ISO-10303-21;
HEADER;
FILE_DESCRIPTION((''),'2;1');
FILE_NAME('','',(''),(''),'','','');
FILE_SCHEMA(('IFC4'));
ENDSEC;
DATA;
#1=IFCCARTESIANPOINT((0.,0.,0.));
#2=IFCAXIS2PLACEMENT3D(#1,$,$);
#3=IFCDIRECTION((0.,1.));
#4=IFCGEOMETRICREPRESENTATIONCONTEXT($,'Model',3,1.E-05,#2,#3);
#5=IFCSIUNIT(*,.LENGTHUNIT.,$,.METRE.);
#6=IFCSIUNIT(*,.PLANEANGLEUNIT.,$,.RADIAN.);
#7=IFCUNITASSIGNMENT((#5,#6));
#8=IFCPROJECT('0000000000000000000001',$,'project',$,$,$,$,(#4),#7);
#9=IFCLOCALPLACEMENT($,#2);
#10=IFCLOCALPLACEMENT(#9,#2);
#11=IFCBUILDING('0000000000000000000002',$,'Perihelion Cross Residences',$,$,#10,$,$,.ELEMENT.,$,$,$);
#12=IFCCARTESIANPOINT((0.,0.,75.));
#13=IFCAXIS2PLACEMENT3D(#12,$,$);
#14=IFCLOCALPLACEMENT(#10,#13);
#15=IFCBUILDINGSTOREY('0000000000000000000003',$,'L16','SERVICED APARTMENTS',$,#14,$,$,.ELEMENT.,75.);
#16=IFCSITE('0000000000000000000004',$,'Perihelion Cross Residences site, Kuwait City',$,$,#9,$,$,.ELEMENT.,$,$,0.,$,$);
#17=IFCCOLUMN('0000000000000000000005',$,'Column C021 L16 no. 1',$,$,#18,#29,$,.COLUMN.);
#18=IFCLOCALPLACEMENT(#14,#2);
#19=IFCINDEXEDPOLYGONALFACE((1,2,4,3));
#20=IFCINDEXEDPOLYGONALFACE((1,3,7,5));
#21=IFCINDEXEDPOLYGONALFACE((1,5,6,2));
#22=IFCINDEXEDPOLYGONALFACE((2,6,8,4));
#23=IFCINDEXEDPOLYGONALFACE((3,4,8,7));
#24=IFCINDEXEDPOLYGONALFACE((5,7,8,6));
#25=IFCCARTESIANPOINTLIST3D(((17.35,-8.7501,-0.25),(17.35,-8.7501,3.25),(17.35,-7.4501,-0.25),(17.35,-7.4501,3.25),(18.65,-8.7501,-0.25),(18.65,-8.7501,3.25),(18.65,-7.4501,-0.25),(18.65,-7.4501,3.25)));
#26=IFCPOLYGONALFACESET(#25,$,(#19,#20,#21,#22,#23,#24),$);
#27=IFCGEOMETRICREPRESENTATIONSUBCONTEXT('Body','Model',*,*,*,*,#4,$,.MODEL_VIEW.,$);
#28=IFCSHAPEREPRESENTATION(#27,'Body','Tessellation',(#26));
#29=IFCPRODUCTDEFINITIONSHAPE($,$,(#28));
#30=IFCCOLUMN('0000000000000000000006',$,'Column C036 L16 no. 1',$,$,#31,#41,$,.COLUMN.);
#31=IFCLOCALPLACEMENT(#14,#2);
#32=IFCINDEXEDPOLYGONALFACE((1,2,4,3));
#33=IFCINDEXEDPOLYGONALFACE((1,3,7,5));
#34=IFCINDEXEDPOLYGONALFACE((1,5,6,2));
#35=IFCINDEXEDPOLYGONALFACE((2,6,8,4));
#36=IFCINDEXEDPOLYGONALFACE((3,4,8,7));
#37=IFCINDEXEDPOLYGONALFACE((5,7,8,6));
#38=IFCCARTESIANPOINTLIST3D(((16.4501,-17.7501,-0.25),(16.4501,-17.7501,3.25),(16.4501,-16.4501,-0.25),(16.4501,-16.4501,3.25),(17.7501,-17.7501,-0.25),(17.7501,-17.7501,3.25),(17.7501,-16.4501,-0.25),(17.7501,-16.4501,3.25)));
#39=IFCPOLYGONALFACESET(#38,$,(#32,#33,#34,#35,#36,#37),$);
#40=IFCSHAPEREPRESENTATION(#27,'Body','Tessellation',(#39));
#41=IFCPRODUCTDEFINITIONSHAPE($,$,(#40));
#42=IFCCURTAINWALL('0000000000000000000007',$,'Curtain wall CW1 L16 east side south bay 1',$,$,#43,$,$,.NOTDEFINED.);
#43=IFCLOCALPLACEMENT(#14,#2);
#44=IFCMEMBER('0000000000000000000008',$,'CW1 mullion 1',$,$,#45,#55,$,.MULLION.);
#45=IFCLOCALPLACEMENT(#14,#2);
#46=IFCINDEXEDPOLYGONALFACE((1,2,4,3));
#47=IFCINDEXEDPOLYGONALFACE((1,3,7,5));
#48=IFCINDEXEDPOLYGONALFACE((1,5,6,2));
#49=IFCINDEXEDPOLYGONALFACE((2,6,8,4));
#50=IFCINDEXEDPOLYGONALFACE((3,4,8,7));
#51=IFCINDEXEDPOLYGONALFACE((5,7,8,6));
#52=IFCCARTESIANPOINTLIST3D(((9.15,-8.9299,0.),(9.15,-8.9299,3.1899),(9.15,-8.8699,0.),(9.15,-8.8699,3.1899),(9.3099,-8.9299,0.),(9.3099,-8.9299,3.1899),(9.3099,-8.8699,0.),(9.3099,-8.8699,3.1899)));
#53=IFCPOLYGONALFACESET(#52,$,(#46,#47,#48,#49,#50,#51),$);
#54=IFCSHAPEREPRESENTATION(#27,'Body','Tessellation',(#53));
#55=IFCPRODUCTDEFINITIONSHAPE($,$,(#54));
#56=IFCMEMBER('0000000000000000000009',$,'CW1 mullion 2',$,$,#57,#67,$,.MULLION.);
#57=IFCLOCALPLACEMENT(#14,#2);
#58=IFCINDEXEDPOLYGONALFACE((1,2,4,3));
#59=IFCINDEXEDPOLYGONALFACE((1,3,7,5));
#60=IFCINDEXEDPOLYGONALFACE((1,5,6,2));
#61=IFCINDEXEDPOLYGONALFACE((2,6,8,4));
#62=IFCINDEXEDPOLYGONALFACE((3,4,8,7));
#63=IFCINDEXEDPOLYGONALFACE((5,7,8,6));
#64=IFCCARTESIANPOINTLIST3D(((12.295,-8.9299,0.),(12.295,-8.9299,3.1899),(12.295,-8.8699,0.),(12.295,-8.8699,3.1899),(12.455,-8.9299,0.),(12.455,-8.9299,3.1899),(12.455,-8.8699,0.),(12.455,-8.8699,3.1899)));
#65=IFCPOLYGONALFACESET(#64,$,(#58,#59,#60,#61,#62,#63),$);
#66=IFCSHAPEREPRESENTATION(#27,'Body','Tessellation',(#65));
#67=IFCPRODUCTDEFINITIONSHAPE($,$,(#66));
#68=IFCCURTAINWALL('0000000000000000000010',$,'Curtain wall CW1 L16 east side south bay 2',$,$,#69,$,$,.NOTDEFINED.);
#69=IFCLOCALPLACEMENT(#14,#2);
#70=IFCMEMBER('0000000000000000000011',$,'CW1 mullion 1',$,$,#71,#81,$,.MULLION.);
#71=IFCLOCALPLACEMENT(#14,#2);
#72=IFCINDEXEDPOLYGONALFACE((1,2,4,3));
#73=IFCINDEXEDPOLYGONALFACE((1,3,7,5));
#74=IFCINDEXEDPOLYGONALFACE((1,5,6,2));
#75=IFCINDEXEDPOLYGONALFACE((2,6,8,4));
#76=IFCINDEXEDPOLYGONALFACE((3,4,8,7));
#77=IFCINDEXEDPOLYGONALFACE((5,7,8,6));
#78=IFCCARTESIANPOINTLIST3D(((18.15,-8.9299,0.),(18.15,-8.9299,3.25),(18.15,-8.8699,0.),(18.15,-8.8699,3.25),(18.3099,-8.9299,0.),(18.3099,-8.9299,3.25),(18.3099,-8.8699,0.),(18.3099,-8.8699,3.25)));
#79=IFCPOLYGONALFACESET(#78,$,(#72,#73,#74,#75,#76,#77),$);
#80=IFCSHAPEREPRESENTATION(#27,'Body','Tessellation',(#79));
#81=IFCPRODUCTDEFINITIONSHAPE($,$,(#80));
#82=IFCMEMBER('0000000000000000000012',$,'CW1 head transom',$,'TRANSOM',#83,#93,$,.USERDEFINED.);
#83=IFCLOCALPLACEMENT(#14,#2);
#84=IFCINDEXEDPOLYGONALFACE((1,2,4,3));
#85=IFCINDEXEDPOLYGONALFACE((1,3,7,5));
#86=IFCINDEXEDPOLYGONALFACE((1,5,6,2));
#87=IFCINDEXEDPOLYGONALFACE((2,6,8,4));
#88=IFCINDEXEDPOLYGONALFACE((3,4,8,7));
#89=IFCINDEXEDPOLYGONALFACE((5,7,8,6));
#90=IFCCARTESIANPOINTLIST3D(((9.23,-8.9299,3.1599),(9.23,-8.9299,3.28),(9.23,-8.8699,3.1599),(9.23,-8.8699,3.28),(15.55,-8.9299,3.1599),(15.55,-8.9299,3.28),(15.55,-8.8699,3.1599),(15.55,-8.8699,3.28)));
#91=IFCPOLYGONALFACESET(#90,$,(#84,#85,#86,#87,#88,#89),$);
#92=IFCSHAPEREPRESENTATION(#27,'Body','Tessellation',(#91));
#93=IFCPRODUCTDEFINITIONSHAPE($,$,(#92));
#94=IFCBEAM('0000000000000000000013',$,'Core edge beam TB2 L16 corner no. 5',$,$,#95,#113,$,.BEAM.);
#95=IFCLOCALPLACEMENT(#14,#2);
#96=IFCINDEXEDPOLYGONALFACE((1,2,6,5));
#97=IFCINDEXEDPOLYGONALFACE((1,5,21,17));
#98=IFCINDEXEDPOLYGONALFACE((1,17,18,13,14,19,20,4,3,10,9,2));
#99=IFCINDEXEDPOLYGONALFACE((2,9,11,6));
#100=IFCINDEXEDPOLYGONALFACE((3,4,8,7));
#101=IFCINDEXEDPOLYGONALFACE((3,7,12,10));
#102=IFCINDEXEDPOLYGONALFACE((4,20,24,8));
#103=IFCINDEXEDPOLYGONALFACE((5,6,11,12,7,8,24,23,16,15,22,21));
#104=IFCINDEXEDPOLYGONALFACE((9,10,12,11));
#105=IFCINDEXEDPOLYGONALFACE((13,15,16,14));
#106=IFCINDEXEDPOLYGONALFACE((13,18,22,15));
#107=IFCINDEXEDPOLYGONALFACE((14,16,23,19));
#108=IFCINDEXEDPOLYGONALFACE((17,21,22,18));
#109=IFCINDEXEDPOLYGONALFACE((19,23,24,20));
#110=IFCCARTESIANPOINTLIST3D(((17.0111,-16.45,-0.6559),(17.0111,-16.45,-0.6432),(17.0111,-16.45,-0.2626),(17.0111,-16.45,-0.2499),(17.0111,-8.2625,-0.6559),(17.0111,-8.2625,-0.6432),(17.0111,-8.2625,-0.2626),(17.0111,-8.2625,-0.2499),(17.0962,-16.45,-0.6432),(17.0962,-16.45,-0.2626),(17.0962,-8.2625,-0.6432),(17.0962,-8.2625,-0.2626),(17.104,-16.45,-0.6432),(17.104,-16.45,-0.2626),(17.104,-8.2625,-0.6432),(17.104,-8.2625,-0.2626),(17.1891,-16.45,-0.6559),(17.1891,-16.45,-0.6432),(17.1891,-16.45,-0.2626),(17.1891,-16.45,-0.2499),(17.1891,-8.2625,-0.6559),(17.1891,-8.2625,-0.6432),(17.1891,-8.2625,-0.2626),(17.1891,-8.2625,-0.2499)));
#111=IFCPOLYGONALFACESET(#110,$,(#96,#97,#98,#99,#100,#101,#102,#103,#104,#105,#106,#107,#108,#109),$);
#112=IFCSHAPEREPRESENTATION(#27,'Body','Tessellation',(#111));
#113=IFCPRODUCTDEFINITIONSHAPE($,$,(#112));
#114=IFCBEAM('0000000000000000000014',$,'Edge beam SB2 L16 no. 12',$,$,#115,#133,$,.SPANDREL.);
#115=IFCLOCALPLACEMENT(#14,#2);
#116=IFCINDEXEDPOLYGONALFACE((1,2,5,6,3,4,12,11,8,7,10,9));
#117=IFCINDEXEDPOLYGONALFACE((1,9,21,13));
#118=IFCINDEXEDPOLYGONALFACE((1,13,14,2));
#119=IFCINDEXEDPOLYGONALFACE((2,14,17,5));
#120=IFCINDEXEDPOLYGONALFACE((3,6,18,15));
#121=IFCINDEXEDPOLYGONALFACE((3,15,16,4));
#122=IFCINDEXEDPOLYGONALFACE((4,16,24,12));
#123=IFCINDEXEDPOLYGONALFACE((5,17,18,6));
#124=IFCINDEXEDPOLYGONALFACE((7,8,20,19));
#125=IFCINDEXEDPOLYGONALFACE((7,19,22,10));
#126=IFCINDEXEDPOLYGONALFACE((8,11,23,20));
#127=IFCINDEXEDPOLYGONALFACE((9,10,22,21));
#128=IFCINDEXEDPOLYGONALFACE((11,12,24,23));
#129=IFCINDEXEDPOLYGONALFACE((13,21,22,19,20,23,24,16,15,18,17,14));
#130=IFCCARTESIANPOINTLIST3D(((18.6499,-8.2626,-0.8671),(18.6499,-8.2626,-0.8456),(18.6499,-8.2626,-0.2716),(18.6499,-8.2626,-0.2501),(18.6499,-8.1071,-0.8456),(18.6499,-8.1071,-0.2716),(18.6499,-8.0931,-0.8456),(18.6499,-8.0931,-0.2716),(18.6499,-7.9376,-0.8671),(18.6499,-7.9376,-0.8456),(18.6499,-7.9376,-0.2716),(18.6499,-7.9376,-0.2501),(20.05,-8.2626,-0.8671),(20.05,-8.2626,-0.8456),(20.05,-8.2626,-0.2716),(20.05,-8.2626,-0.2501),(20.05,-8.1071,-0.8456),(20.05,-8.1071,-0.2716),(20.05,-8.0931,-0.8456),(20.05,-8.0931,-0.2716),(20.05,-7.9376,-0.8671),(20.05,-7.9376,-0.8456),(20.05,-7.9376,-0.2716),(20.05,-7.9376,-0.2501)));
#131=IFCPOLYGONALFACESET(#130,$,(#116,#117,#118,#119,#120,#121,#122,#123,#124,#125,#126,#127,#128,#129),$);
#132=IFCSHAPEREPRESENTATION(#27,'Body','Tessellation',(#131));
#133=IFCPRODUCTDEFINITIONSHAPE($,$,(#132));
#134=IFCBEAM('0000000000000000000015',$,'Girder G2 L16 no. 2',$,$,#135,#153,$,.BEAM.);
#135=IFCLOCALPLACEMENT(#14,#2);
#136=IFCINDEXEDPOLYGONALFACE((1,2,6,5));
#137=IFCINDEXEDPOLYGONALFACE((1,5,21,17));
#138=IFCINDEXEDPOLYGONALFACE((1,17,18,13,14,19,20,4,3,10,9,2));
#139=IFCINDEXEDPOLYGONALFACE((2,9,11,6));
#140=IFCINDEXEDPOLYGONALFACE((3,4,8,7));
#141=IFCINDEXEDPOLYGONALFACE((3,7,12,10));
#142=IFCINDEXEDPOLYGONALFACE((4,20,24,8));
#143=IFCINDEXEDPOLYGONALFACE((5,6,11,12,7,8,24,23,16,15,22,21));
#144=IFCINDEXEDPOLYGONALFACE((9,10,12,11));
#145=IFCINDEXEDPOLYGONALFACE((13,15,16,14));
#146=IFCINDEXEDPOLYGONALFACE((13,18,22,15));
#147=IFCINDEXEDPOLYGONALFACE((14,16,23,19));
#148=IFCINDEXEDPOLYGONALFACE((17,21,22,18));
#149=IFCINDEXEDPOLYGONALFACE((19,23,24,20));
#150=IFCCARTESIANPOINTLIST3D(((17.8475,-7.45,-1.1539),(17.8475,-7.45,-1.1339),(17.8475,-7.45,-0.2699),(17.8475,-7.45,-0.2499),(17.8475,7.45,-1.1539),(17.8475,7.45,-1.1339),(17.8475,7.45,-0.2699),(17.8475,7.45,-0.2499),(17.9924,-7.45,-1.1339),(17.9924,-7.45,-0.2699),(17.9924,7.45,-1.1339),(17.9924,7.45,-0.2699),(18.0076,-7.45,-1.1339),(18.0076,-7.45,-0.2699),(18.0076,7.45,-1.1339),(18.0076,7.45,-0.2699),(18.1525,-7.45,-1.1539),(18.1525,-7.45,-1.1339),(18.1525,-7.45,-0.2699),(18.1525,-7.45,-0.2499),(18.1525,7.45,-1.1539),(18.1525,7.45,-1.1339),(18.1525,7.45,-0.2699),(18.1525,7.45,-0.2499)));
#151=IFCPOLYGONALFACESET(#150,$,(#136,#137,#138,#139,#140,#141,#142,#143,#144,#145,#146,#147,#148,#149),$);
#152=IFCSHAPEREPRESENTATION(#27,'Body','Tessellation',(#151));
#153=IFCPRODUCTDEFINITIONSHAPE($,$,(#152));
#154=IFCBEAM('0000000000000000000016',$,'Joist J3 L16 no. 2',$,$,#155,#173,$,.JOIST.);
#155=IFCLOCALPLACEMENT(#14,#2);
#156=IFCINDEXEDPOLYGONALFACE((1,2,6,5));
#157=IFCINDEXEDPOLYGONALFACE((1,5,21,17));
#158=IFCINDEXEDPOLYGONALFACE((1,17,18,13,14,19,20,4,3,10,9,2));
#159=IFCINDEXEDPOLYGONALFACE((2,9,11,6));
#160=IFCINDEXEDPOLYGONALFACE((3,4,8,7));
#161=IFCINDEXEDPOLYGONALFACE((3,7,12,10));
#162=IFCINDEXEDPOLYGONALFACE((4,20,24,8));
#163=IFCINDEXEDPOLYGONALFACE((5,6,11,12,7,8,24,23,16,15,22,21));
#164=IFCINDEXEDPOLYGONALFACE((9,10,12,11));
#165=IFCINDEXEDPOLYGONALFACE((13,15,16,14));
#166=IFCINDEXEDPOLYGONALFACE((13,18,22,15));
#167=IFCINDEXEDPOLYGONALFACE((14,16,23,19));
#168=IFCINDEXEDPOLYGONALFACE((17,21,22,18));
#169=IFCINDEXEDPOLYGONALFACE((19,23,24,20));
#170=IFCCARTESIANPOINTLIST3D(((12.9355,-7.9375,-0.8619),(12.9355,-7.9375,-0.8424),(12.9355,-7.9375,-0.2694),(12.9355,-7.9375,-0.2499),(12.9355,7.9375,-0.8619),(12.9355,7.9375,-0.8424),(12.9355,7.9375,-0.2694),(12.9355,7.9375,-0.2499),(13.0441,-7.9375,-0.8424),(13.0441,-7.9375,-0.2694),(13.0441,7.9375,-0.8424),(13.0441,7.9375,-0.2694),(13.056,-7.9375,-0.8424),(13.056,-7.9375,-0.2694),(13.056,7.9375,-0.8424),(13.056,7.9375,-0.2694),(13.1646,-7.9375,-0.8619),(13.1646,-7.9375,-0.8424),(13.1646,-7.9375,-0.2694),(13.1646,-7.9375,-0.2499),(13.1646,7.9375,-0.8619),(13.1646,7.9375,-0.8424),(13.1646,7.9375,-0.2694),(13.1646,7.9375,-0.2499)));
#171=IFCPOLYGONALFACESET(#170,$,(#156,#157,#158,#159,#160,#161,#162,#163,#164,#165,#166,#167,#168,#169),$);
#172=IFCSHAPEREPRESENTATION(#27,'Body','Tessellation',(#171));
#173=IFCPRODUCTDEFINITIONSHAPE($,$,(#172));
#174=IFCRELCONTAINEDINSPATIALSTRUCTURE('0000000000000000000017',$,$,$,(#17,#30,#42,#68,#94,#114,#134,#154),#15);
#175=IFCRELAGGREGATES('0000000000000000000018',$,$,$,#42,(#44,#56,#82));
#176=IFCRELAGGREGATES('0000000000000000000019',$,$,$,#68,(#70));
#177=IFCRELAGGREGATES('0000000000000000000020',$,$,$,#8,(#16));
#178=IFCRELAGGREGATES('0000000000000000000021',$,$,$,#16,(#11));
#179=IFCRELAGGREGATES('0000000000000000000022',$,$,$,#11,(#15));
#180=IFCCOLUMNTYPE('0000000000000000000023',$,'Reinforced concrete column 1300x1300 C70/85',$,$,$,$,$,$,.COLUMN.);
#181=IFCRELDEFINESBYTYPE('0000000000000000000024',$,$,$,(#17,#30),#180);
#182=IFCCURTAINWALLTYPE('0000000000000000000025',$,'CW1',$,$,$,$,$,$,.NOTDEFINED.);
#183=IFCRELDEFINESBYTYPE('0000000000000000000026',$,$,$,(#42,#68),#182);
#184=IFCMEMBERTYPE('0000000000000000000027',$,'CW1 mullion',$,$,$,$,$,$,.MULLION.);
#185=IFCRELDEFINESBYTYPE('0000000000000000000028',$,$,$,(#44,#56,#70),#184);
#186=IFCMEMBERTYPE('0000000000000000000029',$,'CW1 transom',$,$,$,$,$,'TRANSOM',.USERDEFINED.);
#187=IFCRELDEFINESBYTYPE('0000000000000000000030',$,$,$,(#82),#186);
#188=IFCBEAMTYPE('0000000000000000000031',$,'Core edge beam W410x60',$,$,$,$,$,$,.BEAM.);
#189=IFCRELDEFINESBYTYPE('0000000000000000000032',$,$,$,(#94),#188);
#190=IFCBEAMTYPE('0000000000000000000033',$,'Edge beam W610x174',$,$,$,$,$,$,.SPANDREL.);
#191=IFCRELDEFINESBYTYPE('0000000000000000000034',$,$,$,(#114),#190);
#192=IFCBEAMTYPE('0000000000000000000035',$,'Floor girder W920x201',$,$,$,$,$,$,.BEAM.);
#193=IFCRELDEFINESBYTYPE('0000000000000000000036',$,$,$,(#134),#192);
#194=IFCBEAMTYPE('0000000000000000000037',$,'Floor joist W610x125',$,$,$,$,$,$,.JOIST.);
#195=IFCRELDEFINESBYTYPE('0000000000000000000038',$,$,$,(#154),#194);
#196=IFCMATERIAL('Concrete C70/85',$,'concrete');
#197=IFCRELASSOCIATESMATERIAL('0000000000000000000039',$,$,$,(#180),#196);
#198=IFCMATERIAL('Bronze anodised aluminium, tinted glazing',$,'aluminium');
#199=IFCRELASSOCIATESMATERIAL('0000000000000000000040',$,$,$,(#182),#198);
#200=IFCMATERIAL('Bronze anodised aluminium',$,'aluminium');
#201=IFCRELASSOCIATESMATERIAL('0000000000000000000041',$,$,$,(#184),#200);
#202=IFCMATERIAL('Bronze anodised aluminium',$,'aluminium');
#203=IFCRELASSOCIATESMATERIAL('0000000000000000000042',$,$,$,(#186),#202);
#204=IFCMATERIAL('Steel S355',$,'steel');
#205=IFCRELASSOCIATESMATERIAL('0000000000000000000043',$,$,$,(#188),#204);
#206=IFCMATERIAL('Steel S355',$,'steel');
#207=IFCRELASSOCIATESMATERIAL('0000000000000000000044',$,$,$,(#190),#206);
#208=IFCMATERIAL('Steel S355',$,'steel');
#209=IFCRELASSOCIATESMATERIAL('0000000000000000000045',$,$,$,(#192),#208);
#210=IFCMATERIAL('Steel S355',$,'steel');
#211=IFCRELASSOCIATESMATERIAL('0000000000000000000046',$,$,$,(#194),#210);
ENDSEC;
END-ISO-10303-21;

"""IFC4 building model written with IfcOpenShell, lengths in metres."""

from ifc_helpers import new_model, si_unit, direction, frame, origin, origin_2d, place, context, subcontext, project, spatial, rectangle, i_section, extrude, material, material_profile, profile_set, type_object, element, aggregate, save


model = new_model("IFC4")

# Units and contexts
model_context = context("Model", 3, precision=1e-05, world=origin(), true_north=direction((0.0, 1.0)))
body_context = subcontext(model_context, "Body", "Model", "MODEL_VIEW")
ifc_project = project(units=[si_unit("LENGTHUNIT", "METRE"), si_unit("PLANEANGLEUNIT", "RADIAN")], contexts=[model_context])

# Site, building, storey
site_placement = place(None, origin())
site = spatial("IfcSite", under=ifc_project, at=site_placement, Name="Perihelion Cross Residences site, Kuwait City", CompositionType="ELEMENT", RefElevation=0.0)
building_placement = place(site_placement, origin())
building = spatial("IfcBuilding", under=site, at=building_placement, Name="Perihelion Cross Residences", CompositionType="ELEMENT")
storey_placement = place(building_placement, frame((0.0, 0.0, 75.0)))
storey = spatial("IfcBuildingStorey", under=building, at=storey_placement, Name="L16", Description="SERVICED APARTMENTS", CompositionType="ELEMENT", Elevation=75.0)

# Columns
ifc_material_1 = material(Name="Concrete C70/85", Category="concrete")
ifc_material_profile_1 = material_profile(ifc_material_1, rectangle(XDim=1.3, YDim=1.3, at=origin_2d()), Name="RC 1300x1300")
ifc_profile_set_1 = profile_set([ifc_material_profile_1], Name="Concrete C70/85")
column_type = type_object("IfcColumnType", Name="Reinforced concrete column 1300x1300 C70/85", PredefinedType="COLUMN", material=ifc_profile_set_1)
for number, where, z_axis, x_axis, name in (
    (1, (18.0, -8.1001, -0.25), (0.0, 0.0, 1.0), (1.0, 0.0, 0.0), "Column C021 L16 no. 1"),
    (2, (17.1001, -17.1001, -0.25), (0.0, 0.0, 1.0), (1.0, 0.0, 0.0), "Column C036 L16 no. 1"),
):
    element("IfcColumn", number, at=place(storey_placement, frame(where, z_axis=z_axis, x_axis=x_axis)), inside=storey, type_object=column_type, Name=name, PredefinedType="COLUMN", context=body_context, shape_type="SweptSolid", body=[
        extrude(rectangle(XDim=1.3, YDim=1.3, at=origin_2d()), origin(), (0.0, 0.0, 1.0), 3.5),
    ])

# Curtain wall, members
ifc_material_2 = material(Name="Bronze anodised aluminium, tinted glazing", Category="aluminium")
curtain_wall_type = type_object("IfcCurtainWallType", Name="CW1", PredefinedType="NOTDEFINED", material=ifc_material_2)
curtain_wall_1_placement = place(storey_placement, origin())
curtain_wall_1 = element("IfcCurtainWall", 3, at=curtain_wall_1_placement, inside=storey, type_object=curtain_wall_type, Name="Curtain wall CW1 L16 east side south bay 1", PredefinedType="NOTDEFINED")
ifc_material_3 = material(Name="Bronze anodised aluminium", Category="aluminium")
ifc_material_profile_2 = material_profile(ifc_material_3, rectangle(XDim=0.0601, YDim=0.1599, at=origin_2d()), Name="CW1 mullion")
ifc_profile_set_2 = profile_set([ifc_material_profile_2], Name="Bronze anodised aluminium")
member_type_1 = type_object("IfcMemberType", Name="CW1 mullion", PredefinedType="MULLION", material=ifc_profile_set_2)
member_1_placement = place(storey_placement, frame((9.23, -8.8999, 0.0), z_axis=(0.0, 0.0, 1.0), x_axis=(0.0, 1.0, 0.0)))
member_1 = element("IfcMember", 4, at=member_1_placement, type_object=member_type_1, Name="CW1 mullion 1", PredefinedType="MULLION", context=body_context, shape_type="SweptSolid", body=[
    extrude(rectangle(XDim=0.0601, YDim=0.1599, at=origin_2d()), origin(), (0.0, 0.0, 1.0), 3.1899),
])
member_2_placement = place(storey_placement, frame((12.375, -8.8999, 0.0), z_axis=(0.0, 0.0, 1.0), x_axis=(0.0, 1.0, 0.0)))
member_2 = element("IfcMember", 5, at=member_2_placement, type_object=member_type_1, Name="CW1 mullion 2", PredefinedType="MULLION", context=body_context, shape_type="SweptSolid", body=[
    extrude(rectangle(XDim=0.0601, YDim=0.1599, at=origin_2d()), origin(), (0.0, 0.0, 1.0), 3.1899),
])

# Curtain wall, member
curtain_wall_2_placement = place(storey_placement, origin())
curtain_wall_2 = element("IfcCurtainWall", 6, at=curtain_wall_2_placement, inside=storey, type_object=curtain_wall_type, Name="Curtain wall CW1 L16 east side south bay 2", PredefinedType="NOTDEFINED")
member_3_placement = place(storey_placement, frame((18.23, -8.8999, 0.0), z_axis=(0.0, 0.0, 1.0), x_axis=(0.0, 1.0, 0.0)))
member_3 = element("IfcMember", 7, at=member_3_placement, type_object=member_type_1, Name="CW1 mullion 1", PredefinedType="MULLION", context=body_context, shape_type="SweptSolid", body=[
    extrude(rectangle(XDim=0.0601, YDim=0.1599, at=origin_2d()), origin(), (0.0, 0.0, 1.0), 3.25),
])

# Member
ifc_material_4 = material(Name="Bronze anodised aluminium", Category="aluminium")
ifc_material_profile_3 = material_profile(ifc_material_4, rectangle(XDim=0.0601, YDim=0.1201, at=origin_2d()), Name="CW1 transom")
ifc_profile_set_3 = profile_set([ifc_material_profile_3], Name="Bronze anodised aluminium")
member_type_2 = type_object("IfcMemberType", Name="CW1 transom", ElementType="TRANSOM", PredefinedType="USERDEFINED", material=ifc_profile_set_3)
member_4_placement = place(storey_placement, frame((9.23, -8.8999, 3.22), z_axis=(1.0, 0.0, 0.0), x_axis=(0.0, 1.0, 0.0)))
member_4 = element("IfcMember", 8, at=member_4_placement, type_object=member_type_2, Name="CW1 head transom", ObjectType="TRANSOM", PredefinedType="USERDEFINED", context=body_context, shape_type="SweptSolid", body=[
    extrude(rectangle(XDim=0.0601, YDim=0.1201, at=origin_2d()), origin(), (0.0, 0.0, 1.0), 6.3201),
])

# Beams
ifc_material_5 = material(Name="Steel S355", Category="steel")
ifc_material_profile_4 = material_profile(ifc_material_5, i_section(OverallWidth=0.178, OverallDepth=0.406, WebThickness=0.0078, FlangeThickness=0.0127, at=origin_2d()), Name="W410x60")
ifc_profile_set_4 = profile_set([ifc_material_profile_4], Name="Steel S355")
beam_type_1 = type_object("IfcBeamType", Name="Core edge beam W410x60", PredefinedType="BEAM", material=ifc_profile_set_4)
beam_1_placement = place(storey_placement, frame((17.1001, -8.2625, -0.4529), z_axis=(0.0, -1.0, 0.0), x_axis=(1.0, 0.0, 0.0)))
element("IfcBeam", 9, at=beam_1_placement, inside=storey, type_object=beam_type_1, Name="Core edge beam TB2 L16 corner no. 5", PredefinedType="BEAM", context=body_context, shape_type="SweptSolid", body=[
    extrude(i_section(OverallWidth=0.178, OverallDepth=0.406, WebThickness=0.0078, FlangeThickness=0.0127, at=origin_2d()), origin(), (0.0, 0.0, 1.0), 8.1875),
])
ifc_material_6 = material(Name="Steel S355", Category="steel")
ifc_material_profile_5 = material_profile(ifc_material_6, i_section(OverallWidth=0.325, OverallDepth=0.6169, WebThickness=0.0139, FlangeThickness=0.0215, at=origin_2d()), Name="W610x174")
ifc_profile_set_5 = profile_set([ifc_material_profile_5], Name="Steel S355")
beam_type_2 = type_object("IfcBeamType", Name="Edge beam W610x174", PredefinedType="SPANDREL", material=ifc_profile_set_5)
beam_2_placement = place(storey_placement, frame((18.6499, -8.1001, -0.5586), z_axis=(1.0, 0.0, 0.0), x_axis=(0.0, 1.0, 0.0)))
element("IfcBeam", 10, at=beam_2_placement, inside=storey, type_object=beam_type_2, Name="Edge beam SB2 L16 no. 12", PredefinedType="SPANDREL", context=body_context, shape_type="SweptSolid", body=[
    extrude(i_section(OverallWidth=0.325, OverallDepth=0.6169, WebThickness=0.0139, FlangeThickness=0.0215, at=origin_2d()), origin(), (0.0, 0.0, 1.0), 1.4001),
])
ifc_material_7 = material(Name="Steel S355", Category="steel")
ifc_material_profile_6 = material_profile(ifc_material_7, i_section(OverallWidth=0.3049, OverallDepth=0.9041, WebThickness=0.0151, FlangeThickness=0.02, at=origin_2d()), Name="W920x201")
ifc_profile_set_6 = profile_set([ifc_material_profile_6], Name="Steel S355")
beam_type_3 = type_object("IfcBeamType", Name="Floor girder W920x201", PredefinedType="BEAM", material=ifc_profile_set_6)
beam_3_placement = place(storey_placement, frame((18.0, -7.45, -0.7019), z_axis=(0.0, 1.0, 0.0), x_axis=(-1.0, 0.0, 0.0)))
element("IfcBeam", 11, at=beam_3_placement, inside=storey, type_object=beam_type_3, Name="Girder G2 L16 no. 2", PredefinedType="BEAM", context=body_context, shape_type="SweptSolid", body=[
    extrude(i_section(OverallWidth=0.3049, OverallDepth=0.9041, WebThickness=0.0151, FlangeThickness=0.02, at=origin_2d()), origin(), (0.0, 0.0, 1.0), 14.8999),
])
ifc_material_8 = material(Name="Steel S355", Category="steel")
ifc_material_profile_7 = material_profile(ifc_material_8, i_section(OverallWidth=0.229, OverallDepth=0.6121, WebThickness=0.012, FlangeThickness=0.0195, at=origin_2d()), Name="W610x125")
ifc_profile_set_7 = profile_set([ifc_material_profile_7], Name="Steel S355")
beam_type_4 = type_object("IfcBeamType", Name="Floor joist W610x125", PredefinedType="JOIST", material=ifc_profile_set_7)
beam_4_placement = place(storey_placement, frame((13.05, -7.9375, -0.5559), z_axis=(0.0, 1.0, 0.0), x_axis=(-1.0, 0.0, 0.0)))
element("IfcBeam", 12, at=beam_4_placement, inside=storey, type_object=beam_type_4, Name="Joist J3 L16 no. 2", PredefinedType="JOIST", context=body_context, shape_type="SweptSolid", body=[
    extrude(i_section(OverallWidth=0.229, OverallDepth=0.6121, WebThickness=0.012, FlangeThickness=0.0195, at=origin_2d()), origin(), (0.0, 0.0, 1.0), 15.875),
])

aggregate(curtain_wall_1, [member_1, member_2, member_4])
aggregate(curtain_wall_2, [member_3])

save(model, "model.ifc")
